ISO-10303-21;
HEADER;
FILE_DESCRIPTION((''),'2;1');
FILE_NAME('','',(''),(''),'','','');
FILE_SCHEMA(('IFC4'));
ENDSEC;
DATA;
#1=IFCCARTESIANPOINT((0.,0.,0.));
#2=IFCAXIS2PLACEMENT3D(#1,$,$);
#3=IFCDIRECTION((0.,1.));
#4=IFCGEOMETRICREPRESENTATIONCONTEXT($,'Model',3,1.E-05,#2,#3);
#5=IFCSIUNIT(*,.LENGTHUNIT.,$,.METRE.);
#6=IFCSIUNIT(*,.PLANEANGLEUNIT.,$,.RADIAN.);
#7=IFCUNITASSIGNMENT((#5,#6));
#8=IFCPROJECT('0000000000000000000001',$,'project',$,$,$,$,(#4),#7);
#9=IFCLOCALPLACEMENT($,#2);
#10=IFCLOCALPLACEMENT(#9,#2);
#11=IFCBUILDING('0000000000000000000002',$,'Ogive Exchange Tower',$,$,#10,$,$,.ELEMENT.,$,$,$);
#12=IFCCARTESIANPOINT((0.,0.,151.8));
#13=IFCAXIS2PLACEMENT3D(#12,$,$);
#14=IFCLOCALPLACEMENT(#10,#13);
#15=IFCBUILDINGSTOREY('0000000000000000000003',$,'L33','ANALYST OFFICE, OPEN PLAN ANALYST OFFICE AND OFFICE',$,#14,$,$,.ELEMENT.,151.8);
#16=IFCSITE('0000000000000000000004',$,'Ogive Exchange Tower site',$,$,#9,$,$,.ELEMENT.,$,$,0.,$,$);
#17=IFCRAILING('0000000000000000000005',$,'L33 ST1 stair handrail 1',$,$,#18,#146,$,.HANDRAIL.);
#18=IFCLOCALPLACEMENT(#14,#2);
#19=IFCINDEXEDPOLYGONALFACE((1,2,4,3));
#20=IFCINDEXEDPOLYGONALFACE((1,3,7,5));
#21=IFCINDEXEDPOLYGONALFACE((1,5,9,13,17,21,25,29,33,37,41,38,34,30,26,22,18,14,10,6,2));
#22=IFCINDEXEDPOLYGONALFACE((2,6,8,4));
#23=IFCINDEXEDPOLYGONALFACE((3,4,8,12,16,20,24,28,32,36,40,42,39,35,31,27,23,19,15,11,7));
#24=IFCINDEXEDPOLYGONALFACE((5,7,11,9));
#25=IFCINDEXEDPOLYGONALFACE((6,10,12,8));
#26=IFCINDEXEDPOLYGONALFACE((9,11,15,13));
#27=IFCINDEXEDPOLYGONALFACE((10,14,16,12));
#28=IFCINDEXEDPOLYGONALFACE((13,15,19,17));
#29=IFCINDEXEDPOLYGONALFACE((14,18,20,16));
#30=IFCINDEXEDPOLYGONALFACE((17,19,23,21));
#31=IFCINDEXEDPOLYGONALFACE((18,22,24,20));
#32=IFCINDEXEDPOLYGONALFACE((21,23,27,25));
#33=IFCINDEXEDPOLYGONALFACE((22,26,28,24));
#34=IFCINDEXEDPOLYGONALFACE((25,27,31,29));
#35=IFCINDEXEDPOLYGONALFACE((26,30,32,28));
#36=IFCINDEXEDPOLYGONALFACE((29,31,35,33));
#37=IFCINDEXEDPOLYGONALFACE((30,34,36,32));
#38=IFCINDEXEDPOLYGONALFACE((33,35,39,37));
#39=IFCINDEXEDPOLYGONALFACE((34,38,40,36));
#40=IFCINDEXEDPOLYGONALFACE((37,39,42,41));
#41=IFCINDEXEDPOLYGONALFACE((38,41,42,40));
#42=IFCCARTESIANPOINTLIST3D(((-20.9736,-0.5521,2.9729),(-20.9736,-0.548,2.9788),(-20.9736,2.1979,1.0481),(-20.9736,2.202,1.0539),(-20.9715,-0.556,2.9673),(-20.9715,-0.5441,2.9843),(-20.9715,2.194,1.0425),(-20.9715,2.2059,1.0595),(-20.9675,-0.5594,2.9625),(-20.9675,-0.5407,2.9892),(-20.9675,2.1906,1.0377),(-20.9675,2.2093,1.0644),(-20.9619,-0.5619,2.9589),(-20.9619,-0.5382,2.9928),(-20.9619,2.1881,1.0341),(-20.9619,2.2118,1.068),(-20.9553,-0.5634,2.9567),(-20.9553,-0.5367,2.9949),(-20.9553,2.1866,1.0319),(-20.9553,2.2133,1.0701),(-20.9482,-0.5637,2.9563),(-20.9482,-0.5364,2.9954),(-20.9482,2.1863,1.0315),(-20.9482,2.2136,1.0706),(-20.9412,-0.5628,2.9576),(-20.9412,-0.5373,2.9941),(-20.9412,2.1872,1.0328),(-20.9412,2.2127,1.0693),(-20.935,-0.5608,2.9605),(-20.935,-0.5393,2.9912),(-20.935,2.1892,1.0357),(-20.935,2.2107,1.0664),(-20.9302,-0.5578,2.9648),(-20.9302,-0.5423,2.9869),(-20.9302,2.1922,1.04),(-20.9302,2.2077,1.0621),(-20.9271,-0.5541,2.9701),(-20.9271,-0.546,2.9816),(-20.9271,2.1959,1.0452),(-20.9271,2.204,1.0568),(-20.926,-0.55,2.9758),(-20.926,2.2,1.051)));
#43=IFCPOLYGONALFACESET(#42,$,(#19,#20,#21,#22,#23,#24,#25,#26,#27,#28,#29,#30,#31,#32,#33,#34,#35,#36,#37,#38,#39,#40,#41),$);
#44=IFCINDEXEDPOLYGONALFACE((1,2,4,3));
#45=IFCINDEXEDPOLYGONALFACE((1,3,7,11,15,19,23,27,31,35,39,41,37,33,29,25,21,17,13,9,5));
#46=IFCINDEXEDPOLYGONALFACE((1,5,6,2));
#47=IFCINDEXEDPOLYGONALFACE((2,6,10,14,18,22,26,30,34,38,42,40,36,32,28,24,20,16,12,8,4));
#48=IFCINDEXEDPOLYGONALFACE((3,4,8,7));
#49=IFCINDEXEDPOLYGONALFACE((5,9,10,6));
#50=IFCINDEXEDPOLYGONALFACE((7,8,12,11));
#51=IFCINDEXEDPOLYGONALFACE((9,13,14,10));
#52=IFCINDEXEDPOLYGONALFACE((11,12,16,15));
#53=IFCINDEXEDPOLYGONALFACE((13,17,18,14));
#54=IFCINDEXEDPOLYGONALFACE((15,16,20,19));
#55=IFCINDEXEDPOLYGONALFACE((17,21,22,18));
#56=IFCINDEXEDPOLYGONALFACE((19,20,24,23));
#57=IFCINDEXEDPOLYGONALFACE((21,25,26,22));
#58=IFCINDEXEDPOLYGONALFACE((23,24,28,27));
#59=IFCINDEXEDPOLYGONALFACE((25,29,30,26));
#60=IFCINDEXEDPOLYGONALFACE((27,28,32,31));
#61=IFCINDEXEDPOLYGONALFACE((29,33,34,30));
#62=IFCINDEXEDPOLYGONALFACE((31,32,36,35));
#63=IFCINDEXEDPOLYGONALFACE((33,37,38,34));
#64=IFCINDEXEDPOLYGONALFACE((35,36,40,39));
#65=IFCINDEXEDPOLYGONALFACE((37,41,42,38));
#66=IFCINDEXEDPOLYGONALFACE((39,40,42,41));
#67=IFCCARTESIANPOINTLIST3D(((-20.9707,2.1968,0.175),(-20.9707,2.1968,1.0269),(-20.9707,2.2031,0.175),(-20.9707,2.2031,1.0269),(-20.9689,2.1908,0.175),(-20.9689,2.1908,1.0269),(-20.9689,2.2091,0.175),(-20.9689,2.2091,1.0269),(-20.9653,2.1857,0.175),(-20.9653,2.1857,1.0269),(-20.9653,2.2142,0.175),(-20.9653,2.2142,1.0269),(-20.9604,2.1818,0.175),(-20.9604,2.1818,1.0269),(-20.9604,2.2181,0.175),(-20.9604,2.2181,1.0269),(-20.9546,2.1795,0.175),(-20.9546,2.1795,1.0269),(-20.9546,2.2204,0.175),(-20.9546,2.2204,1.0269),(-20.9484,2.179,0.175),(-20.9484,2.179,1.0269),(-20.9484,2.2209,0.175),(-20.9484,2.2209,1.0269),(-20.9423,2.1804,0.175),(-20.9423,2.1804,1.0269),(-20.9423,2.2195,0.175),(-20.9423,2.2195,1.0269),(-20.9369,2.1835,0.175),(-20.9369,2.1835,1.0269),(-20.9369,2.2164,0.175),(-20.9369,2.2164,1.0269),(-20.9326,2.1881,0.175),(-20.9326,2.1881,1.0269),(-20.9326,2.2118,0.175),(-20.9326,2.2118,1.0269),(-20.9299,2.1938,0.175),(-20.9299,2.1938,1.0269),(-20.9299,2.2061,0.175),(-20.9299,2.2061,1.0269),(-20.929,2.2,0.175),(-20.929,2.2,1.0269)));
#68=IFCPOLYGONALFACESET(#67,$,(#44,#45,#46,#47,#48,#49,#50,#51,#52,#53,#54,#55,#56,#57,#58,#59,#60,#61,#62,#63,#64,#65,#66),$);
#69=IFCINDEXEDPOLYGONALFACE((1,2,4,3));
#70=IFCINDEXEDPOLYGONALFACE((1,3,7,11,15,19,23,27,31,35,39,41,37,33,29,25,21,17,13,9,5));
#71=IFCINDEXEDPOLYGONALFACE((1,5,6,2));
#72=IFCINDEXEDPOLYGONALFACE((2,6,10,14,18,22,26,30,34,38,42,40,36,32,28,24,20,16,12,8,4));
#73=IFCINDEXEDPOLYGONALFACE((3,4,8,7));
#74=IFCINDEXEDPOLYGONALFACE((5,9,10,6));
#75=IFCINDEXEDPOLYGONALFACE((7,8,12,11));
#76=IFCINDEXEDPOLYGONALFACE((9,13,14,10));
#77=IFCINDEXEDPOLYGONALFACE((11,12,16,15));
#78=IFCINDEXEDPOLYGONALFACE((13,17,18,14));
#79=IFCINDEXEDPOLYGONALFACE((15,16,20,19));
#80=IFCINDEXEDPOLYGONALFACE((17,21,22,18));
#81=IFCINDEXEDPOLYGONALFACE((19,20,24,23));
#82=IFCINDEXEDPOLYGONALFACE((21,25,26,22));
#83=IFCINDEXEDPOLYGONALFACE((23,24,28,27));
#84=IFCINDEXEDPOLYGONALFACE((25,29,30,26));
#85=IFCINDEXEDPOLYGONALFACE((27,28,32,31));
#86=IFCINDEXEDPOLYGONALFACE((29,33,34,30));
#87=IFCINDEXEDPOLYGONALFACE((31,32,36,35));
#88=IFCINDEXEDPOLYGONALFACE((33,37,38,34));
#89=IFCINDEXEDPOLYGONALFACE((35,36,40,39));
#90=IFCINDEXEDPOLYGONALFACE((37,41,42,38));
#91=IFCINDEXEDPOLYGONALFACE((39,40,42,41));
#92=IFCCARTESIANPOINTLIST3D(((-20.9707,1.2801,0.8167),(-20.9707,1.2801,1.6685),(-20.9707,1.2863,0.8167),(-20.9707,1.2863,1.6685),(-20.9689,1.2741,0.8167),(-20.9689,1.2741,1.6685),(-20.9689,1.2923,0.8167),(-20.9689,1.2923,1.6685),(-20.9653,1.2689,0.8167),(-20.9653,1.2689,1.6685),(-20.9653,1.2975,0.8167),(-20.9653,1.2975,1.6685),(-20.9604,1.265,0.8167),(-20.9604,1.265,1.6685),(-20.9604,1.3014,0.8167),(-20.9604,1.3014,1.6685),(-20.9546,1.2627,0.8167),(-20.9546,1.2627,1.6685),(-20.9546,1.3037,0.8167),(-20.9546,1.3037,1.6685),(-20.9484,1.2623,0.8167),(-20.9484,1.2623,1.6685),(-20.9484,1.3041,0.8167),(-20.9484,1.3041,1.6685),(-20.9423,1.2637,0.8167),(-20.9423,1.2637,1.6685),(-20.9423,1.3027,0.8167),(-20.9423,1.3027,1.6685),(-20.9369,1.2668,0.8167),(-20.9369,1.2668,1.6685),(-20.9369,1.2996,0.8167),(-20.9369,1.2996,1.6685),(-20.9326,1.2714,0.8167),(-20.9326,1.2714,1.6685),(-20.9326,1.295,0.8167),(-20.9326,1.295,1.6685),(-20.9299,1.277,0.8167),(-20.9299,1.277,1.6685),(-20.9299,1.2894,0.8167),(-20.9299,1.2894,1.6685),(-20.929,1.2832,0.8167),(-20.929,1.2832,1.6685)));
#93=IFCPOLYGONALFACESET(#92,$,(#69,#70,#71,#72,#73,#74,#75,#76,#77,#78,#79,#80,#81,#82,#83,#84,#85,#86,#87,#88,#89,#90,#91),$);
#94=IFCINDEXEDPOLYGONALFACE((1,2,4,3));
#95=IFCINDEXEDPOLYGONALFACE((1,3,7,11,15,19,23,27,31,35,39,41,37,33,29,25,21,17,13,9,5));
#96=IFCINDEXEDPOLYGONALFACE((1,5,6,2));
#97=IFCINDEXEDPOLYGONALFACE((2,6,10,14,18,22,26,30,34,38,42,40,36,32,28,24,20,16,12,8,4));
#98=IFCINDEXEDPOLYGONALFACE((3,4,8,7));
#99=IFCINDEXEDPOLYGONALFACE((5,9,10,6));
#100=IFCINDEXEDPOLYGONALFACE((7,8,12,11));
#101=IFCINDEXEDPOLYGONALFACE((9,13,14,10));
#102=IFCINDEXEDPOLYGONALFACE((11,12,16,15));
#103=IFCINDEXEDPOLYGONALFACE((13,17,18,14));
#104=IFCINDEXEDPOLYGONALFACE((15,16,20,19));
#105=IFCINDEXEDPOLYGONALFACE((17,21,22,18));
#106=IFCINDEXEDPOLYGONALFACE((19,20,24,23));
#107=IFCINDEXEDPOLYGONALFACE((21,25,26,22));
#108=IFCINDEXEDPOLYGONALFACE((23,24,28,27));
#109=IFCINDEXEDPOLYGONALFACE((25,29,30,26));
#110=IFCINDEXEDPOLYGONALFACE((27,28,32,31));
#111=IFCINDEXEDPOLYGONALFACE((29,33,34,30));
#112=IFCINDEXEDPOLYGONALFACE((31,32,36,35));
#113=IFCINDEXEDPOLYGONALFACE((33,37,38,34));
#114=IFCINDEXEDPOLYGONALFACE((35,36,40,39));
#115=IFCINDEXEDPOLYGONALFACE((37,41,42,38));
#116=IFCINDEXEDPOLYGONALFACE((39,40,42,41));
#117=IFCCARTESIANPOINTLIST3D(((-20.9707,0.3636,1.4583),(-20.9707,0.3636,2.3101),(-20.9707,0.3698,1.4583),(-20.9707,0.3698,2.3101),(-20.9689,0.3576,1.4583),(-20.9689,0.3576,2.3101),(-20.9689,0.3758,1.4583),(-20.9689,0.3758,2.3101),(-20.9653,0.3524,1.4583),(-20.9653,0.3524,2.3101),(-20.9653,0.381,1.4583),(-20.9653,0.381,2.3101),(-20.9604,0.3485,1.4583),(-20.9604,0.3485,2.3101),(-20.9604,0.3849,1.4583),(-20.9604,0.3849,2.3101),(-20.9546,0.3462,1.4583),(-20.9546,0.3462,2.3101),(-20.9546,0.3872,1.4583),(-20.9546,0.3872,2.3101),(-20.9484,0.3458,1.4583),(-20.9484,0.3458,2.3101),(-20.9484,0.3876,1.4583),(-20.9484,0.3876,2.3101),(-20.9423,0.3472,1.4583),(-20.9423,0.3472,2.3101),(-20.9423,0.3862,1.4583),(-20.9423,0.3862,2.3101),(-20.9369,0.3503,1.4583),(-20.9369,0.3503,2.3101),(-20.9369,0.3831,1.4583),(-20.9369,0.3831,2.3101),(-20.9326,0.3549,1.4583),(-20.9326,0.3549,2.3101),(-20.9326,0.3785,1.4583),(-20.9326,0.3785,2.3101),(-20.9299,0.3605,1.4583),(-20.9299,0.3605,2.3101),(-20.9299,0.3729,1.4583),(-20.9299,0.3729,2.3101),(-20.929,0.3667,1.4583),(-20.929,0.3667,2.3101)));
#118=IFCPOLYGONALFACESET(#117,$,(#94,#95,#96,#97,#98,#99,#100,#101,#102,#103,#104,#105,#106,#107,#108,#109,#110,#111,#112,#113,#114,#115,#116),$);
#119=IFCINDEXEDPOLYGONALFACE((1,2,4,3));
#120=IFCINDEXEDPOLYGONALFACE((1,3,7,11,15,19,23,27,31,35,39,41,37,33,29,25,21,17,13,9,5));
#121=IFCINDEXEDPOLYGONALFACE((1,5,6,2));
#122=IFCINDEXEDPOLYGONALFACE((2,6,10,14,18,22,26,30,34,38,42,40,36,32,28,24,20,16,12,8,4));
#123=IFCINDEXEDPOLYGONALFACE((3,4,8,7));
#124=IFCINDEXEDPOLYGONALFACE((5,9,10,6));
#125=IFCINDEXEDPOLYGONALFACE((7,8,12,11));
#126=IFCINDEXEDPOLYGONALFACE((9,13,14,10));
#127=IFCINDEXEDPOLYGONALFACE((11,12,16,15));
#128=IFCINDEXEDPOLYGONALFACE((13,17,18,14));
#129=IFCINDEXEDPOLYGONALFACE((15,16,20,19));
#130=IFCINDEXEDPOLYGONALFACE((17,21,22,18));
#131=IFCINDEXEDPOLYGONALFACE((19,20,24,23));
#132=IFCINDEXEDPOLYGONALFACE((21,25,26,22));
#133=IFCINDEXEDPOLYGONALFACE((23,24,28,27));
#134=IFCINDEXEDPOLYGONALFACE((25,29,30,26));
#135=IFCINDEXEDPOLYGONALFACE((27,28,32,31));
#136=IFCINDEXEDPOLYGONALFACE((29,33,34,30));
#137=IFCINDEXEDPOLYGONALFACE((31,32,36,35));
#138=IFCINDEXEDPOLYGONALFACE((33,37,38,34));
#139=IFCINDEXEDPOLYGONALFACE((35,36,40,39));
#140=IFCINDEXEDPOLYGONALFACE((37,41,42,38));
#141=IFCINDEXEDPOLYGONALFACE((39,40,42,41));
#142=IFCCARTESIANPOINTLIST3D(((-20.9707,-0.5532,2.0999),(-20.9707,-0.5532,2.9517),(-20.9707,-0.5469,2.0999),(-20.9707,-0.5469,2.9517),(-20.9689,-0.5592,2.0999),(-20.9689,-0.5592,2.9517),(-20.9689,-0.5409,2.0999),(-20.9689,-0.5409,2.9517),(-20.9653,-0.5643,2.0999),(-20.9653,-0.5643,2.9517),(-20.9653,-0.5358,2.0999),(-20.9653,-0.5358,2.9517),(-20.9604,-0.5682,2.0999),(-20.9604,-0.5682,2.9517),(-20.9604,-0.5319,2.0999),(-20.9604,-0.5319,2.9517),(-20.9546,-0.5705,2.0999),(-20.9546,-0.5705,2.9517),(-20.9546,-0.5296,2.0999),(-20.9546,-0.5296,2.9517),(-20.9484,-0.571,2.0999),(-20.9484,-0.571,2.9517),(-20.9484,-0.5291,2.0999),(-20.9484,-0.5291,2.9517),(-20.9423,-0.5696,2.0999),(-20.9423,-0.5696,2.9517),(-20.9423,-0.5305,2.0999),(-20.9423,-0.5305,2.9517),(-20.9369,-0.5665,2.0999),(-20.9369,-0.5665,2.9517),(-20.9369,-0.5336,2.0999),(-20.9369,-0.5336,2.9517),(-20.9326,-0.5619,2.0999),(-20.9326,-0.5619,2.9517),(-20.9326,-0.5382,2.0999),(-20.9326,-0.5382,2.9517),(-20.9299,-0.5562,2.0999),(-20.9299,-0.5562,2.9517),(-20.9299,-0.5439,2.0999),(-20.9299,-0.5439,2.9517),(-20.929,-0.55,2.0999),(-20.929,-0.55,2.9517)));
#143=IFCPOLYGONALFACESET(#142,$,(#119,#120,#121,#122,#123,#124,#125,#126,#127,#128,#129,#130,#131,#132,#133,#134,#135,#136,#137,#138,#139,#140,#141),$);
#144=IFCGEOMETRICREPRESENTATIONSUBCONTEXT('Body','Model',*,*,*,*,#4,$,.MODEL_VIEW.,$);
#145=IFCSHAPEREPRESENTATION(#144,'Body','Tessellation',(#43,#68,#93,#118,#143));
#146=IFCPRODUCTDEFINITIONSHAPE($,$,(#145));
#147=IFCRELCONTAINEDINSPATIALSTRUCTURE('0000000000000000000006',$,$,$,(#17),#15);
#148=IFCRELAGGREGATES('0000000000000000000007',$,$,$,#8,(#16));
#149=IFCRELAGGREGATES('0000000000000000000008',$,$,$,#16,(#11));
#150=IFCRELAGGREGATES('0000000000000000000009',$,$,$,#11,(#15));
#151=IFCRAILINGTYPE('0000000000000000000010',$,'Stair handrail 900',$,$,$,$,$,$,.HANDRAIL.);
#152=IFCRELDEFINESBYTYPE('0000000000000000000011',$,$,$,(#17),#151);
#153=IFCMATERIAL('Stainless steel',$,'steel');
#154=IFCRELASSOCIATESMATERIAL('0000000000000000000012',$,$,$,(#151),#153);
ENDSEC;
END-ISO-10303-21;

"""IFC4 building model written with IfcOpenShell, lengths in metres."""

from ifc_helpers import new_model, si_unit, direction, frame, origin, origin_2d, place, context, subcontext, project, spatial, circle, extrude, material, type_object, element, save


model = new_model("IFC4")

# Units and contexts
model_context = context("Model", 3, precision=1e-05, world=origin(), true_north=direction((0.0, 1.0)))
body_context = subcontext(model_context, "Body", "Model", "MODEL_VIEW")
ifc_project = project(units=[si_unit("LENGTHUNIT", "METRE"), si_unit("PLANEANGLEUNIT", "RADIAN")], contexts=[model_context])

# Site, building, storey
site_placement = place(None, origin())
site = spatial("IfcSite", under=ifc_project, at=site_placement, Name="Ogive Exchange Tower site", CompositionType="ELEMENT", RefElevation=0.0)
building_placement = place(site_placement, origin())
building = spatial("IfcBuilding", under=site, at=building_placement, Name="Ogive Exchange Tower", CompositionType="ELEMENT")
storey_placement = place(building_placement, frame((0.0, 0.0, 151.8)))
storey = spatial("IfcBuildingStorey", under=building, at=storey_placement, Name="L33", Description="ANALYST OFFICE, OPEN PLAN ANALYST OFFICE AND OFFICE", CompositionType="ELEMENT", Elevation=151.8)

# Railing
ifc_material_1 = material(Name="Stainless steel", Category="steel")
railing_type = type_object("IfcRailingType", Name="Stair handrail 900", PredefinedType="HANDRAIL", material=ifc_material_1)
railing_placement = place(storey_placement, frame((-20.95, 2.2, 0.175)))
element("IfcRailing", 1, at=railing_placement, inside=storey, type_object=railing_type, Name="L33 ST1 stair handrail 1", PredefinedType="HANDRAIL", context=body_context, shape_type="SweptSolid", body=[
    extrude(circle(Radius=0.0239, at=origin_2d()), frame((0.0, 0.0, 0.876), z_axis=(0.0, -0.819259, 0.573423), x_axis=(1.0, 0.0, 0.0)), (0.0, 0.0, 1.0), 3.3567),
    extrude(circle(Radius=0.021, at=origin_2d()), origin(), (0.0, 0.0, 1.0), 0.8518),
    extrude(circle(Radius=0.021, at=origin_2d()), frame((0.0, -0.9167, 0.6416)), (0.0, 0.0, 1.0), 0.8518),
    extrude(circle(Radius=0.021, at=origin_2d()), frame((0.0, -1.8333, 1.2832)), (0.0, 0.0, 1.0), 0.8518),
    extrude(circle(Radius=0.021, at=origin_2d()), frame((0.0, -2.75, 1.9248)), (0.0, 0.0, 1.0), 0.8518),
])

save(model, "model.ifc")
